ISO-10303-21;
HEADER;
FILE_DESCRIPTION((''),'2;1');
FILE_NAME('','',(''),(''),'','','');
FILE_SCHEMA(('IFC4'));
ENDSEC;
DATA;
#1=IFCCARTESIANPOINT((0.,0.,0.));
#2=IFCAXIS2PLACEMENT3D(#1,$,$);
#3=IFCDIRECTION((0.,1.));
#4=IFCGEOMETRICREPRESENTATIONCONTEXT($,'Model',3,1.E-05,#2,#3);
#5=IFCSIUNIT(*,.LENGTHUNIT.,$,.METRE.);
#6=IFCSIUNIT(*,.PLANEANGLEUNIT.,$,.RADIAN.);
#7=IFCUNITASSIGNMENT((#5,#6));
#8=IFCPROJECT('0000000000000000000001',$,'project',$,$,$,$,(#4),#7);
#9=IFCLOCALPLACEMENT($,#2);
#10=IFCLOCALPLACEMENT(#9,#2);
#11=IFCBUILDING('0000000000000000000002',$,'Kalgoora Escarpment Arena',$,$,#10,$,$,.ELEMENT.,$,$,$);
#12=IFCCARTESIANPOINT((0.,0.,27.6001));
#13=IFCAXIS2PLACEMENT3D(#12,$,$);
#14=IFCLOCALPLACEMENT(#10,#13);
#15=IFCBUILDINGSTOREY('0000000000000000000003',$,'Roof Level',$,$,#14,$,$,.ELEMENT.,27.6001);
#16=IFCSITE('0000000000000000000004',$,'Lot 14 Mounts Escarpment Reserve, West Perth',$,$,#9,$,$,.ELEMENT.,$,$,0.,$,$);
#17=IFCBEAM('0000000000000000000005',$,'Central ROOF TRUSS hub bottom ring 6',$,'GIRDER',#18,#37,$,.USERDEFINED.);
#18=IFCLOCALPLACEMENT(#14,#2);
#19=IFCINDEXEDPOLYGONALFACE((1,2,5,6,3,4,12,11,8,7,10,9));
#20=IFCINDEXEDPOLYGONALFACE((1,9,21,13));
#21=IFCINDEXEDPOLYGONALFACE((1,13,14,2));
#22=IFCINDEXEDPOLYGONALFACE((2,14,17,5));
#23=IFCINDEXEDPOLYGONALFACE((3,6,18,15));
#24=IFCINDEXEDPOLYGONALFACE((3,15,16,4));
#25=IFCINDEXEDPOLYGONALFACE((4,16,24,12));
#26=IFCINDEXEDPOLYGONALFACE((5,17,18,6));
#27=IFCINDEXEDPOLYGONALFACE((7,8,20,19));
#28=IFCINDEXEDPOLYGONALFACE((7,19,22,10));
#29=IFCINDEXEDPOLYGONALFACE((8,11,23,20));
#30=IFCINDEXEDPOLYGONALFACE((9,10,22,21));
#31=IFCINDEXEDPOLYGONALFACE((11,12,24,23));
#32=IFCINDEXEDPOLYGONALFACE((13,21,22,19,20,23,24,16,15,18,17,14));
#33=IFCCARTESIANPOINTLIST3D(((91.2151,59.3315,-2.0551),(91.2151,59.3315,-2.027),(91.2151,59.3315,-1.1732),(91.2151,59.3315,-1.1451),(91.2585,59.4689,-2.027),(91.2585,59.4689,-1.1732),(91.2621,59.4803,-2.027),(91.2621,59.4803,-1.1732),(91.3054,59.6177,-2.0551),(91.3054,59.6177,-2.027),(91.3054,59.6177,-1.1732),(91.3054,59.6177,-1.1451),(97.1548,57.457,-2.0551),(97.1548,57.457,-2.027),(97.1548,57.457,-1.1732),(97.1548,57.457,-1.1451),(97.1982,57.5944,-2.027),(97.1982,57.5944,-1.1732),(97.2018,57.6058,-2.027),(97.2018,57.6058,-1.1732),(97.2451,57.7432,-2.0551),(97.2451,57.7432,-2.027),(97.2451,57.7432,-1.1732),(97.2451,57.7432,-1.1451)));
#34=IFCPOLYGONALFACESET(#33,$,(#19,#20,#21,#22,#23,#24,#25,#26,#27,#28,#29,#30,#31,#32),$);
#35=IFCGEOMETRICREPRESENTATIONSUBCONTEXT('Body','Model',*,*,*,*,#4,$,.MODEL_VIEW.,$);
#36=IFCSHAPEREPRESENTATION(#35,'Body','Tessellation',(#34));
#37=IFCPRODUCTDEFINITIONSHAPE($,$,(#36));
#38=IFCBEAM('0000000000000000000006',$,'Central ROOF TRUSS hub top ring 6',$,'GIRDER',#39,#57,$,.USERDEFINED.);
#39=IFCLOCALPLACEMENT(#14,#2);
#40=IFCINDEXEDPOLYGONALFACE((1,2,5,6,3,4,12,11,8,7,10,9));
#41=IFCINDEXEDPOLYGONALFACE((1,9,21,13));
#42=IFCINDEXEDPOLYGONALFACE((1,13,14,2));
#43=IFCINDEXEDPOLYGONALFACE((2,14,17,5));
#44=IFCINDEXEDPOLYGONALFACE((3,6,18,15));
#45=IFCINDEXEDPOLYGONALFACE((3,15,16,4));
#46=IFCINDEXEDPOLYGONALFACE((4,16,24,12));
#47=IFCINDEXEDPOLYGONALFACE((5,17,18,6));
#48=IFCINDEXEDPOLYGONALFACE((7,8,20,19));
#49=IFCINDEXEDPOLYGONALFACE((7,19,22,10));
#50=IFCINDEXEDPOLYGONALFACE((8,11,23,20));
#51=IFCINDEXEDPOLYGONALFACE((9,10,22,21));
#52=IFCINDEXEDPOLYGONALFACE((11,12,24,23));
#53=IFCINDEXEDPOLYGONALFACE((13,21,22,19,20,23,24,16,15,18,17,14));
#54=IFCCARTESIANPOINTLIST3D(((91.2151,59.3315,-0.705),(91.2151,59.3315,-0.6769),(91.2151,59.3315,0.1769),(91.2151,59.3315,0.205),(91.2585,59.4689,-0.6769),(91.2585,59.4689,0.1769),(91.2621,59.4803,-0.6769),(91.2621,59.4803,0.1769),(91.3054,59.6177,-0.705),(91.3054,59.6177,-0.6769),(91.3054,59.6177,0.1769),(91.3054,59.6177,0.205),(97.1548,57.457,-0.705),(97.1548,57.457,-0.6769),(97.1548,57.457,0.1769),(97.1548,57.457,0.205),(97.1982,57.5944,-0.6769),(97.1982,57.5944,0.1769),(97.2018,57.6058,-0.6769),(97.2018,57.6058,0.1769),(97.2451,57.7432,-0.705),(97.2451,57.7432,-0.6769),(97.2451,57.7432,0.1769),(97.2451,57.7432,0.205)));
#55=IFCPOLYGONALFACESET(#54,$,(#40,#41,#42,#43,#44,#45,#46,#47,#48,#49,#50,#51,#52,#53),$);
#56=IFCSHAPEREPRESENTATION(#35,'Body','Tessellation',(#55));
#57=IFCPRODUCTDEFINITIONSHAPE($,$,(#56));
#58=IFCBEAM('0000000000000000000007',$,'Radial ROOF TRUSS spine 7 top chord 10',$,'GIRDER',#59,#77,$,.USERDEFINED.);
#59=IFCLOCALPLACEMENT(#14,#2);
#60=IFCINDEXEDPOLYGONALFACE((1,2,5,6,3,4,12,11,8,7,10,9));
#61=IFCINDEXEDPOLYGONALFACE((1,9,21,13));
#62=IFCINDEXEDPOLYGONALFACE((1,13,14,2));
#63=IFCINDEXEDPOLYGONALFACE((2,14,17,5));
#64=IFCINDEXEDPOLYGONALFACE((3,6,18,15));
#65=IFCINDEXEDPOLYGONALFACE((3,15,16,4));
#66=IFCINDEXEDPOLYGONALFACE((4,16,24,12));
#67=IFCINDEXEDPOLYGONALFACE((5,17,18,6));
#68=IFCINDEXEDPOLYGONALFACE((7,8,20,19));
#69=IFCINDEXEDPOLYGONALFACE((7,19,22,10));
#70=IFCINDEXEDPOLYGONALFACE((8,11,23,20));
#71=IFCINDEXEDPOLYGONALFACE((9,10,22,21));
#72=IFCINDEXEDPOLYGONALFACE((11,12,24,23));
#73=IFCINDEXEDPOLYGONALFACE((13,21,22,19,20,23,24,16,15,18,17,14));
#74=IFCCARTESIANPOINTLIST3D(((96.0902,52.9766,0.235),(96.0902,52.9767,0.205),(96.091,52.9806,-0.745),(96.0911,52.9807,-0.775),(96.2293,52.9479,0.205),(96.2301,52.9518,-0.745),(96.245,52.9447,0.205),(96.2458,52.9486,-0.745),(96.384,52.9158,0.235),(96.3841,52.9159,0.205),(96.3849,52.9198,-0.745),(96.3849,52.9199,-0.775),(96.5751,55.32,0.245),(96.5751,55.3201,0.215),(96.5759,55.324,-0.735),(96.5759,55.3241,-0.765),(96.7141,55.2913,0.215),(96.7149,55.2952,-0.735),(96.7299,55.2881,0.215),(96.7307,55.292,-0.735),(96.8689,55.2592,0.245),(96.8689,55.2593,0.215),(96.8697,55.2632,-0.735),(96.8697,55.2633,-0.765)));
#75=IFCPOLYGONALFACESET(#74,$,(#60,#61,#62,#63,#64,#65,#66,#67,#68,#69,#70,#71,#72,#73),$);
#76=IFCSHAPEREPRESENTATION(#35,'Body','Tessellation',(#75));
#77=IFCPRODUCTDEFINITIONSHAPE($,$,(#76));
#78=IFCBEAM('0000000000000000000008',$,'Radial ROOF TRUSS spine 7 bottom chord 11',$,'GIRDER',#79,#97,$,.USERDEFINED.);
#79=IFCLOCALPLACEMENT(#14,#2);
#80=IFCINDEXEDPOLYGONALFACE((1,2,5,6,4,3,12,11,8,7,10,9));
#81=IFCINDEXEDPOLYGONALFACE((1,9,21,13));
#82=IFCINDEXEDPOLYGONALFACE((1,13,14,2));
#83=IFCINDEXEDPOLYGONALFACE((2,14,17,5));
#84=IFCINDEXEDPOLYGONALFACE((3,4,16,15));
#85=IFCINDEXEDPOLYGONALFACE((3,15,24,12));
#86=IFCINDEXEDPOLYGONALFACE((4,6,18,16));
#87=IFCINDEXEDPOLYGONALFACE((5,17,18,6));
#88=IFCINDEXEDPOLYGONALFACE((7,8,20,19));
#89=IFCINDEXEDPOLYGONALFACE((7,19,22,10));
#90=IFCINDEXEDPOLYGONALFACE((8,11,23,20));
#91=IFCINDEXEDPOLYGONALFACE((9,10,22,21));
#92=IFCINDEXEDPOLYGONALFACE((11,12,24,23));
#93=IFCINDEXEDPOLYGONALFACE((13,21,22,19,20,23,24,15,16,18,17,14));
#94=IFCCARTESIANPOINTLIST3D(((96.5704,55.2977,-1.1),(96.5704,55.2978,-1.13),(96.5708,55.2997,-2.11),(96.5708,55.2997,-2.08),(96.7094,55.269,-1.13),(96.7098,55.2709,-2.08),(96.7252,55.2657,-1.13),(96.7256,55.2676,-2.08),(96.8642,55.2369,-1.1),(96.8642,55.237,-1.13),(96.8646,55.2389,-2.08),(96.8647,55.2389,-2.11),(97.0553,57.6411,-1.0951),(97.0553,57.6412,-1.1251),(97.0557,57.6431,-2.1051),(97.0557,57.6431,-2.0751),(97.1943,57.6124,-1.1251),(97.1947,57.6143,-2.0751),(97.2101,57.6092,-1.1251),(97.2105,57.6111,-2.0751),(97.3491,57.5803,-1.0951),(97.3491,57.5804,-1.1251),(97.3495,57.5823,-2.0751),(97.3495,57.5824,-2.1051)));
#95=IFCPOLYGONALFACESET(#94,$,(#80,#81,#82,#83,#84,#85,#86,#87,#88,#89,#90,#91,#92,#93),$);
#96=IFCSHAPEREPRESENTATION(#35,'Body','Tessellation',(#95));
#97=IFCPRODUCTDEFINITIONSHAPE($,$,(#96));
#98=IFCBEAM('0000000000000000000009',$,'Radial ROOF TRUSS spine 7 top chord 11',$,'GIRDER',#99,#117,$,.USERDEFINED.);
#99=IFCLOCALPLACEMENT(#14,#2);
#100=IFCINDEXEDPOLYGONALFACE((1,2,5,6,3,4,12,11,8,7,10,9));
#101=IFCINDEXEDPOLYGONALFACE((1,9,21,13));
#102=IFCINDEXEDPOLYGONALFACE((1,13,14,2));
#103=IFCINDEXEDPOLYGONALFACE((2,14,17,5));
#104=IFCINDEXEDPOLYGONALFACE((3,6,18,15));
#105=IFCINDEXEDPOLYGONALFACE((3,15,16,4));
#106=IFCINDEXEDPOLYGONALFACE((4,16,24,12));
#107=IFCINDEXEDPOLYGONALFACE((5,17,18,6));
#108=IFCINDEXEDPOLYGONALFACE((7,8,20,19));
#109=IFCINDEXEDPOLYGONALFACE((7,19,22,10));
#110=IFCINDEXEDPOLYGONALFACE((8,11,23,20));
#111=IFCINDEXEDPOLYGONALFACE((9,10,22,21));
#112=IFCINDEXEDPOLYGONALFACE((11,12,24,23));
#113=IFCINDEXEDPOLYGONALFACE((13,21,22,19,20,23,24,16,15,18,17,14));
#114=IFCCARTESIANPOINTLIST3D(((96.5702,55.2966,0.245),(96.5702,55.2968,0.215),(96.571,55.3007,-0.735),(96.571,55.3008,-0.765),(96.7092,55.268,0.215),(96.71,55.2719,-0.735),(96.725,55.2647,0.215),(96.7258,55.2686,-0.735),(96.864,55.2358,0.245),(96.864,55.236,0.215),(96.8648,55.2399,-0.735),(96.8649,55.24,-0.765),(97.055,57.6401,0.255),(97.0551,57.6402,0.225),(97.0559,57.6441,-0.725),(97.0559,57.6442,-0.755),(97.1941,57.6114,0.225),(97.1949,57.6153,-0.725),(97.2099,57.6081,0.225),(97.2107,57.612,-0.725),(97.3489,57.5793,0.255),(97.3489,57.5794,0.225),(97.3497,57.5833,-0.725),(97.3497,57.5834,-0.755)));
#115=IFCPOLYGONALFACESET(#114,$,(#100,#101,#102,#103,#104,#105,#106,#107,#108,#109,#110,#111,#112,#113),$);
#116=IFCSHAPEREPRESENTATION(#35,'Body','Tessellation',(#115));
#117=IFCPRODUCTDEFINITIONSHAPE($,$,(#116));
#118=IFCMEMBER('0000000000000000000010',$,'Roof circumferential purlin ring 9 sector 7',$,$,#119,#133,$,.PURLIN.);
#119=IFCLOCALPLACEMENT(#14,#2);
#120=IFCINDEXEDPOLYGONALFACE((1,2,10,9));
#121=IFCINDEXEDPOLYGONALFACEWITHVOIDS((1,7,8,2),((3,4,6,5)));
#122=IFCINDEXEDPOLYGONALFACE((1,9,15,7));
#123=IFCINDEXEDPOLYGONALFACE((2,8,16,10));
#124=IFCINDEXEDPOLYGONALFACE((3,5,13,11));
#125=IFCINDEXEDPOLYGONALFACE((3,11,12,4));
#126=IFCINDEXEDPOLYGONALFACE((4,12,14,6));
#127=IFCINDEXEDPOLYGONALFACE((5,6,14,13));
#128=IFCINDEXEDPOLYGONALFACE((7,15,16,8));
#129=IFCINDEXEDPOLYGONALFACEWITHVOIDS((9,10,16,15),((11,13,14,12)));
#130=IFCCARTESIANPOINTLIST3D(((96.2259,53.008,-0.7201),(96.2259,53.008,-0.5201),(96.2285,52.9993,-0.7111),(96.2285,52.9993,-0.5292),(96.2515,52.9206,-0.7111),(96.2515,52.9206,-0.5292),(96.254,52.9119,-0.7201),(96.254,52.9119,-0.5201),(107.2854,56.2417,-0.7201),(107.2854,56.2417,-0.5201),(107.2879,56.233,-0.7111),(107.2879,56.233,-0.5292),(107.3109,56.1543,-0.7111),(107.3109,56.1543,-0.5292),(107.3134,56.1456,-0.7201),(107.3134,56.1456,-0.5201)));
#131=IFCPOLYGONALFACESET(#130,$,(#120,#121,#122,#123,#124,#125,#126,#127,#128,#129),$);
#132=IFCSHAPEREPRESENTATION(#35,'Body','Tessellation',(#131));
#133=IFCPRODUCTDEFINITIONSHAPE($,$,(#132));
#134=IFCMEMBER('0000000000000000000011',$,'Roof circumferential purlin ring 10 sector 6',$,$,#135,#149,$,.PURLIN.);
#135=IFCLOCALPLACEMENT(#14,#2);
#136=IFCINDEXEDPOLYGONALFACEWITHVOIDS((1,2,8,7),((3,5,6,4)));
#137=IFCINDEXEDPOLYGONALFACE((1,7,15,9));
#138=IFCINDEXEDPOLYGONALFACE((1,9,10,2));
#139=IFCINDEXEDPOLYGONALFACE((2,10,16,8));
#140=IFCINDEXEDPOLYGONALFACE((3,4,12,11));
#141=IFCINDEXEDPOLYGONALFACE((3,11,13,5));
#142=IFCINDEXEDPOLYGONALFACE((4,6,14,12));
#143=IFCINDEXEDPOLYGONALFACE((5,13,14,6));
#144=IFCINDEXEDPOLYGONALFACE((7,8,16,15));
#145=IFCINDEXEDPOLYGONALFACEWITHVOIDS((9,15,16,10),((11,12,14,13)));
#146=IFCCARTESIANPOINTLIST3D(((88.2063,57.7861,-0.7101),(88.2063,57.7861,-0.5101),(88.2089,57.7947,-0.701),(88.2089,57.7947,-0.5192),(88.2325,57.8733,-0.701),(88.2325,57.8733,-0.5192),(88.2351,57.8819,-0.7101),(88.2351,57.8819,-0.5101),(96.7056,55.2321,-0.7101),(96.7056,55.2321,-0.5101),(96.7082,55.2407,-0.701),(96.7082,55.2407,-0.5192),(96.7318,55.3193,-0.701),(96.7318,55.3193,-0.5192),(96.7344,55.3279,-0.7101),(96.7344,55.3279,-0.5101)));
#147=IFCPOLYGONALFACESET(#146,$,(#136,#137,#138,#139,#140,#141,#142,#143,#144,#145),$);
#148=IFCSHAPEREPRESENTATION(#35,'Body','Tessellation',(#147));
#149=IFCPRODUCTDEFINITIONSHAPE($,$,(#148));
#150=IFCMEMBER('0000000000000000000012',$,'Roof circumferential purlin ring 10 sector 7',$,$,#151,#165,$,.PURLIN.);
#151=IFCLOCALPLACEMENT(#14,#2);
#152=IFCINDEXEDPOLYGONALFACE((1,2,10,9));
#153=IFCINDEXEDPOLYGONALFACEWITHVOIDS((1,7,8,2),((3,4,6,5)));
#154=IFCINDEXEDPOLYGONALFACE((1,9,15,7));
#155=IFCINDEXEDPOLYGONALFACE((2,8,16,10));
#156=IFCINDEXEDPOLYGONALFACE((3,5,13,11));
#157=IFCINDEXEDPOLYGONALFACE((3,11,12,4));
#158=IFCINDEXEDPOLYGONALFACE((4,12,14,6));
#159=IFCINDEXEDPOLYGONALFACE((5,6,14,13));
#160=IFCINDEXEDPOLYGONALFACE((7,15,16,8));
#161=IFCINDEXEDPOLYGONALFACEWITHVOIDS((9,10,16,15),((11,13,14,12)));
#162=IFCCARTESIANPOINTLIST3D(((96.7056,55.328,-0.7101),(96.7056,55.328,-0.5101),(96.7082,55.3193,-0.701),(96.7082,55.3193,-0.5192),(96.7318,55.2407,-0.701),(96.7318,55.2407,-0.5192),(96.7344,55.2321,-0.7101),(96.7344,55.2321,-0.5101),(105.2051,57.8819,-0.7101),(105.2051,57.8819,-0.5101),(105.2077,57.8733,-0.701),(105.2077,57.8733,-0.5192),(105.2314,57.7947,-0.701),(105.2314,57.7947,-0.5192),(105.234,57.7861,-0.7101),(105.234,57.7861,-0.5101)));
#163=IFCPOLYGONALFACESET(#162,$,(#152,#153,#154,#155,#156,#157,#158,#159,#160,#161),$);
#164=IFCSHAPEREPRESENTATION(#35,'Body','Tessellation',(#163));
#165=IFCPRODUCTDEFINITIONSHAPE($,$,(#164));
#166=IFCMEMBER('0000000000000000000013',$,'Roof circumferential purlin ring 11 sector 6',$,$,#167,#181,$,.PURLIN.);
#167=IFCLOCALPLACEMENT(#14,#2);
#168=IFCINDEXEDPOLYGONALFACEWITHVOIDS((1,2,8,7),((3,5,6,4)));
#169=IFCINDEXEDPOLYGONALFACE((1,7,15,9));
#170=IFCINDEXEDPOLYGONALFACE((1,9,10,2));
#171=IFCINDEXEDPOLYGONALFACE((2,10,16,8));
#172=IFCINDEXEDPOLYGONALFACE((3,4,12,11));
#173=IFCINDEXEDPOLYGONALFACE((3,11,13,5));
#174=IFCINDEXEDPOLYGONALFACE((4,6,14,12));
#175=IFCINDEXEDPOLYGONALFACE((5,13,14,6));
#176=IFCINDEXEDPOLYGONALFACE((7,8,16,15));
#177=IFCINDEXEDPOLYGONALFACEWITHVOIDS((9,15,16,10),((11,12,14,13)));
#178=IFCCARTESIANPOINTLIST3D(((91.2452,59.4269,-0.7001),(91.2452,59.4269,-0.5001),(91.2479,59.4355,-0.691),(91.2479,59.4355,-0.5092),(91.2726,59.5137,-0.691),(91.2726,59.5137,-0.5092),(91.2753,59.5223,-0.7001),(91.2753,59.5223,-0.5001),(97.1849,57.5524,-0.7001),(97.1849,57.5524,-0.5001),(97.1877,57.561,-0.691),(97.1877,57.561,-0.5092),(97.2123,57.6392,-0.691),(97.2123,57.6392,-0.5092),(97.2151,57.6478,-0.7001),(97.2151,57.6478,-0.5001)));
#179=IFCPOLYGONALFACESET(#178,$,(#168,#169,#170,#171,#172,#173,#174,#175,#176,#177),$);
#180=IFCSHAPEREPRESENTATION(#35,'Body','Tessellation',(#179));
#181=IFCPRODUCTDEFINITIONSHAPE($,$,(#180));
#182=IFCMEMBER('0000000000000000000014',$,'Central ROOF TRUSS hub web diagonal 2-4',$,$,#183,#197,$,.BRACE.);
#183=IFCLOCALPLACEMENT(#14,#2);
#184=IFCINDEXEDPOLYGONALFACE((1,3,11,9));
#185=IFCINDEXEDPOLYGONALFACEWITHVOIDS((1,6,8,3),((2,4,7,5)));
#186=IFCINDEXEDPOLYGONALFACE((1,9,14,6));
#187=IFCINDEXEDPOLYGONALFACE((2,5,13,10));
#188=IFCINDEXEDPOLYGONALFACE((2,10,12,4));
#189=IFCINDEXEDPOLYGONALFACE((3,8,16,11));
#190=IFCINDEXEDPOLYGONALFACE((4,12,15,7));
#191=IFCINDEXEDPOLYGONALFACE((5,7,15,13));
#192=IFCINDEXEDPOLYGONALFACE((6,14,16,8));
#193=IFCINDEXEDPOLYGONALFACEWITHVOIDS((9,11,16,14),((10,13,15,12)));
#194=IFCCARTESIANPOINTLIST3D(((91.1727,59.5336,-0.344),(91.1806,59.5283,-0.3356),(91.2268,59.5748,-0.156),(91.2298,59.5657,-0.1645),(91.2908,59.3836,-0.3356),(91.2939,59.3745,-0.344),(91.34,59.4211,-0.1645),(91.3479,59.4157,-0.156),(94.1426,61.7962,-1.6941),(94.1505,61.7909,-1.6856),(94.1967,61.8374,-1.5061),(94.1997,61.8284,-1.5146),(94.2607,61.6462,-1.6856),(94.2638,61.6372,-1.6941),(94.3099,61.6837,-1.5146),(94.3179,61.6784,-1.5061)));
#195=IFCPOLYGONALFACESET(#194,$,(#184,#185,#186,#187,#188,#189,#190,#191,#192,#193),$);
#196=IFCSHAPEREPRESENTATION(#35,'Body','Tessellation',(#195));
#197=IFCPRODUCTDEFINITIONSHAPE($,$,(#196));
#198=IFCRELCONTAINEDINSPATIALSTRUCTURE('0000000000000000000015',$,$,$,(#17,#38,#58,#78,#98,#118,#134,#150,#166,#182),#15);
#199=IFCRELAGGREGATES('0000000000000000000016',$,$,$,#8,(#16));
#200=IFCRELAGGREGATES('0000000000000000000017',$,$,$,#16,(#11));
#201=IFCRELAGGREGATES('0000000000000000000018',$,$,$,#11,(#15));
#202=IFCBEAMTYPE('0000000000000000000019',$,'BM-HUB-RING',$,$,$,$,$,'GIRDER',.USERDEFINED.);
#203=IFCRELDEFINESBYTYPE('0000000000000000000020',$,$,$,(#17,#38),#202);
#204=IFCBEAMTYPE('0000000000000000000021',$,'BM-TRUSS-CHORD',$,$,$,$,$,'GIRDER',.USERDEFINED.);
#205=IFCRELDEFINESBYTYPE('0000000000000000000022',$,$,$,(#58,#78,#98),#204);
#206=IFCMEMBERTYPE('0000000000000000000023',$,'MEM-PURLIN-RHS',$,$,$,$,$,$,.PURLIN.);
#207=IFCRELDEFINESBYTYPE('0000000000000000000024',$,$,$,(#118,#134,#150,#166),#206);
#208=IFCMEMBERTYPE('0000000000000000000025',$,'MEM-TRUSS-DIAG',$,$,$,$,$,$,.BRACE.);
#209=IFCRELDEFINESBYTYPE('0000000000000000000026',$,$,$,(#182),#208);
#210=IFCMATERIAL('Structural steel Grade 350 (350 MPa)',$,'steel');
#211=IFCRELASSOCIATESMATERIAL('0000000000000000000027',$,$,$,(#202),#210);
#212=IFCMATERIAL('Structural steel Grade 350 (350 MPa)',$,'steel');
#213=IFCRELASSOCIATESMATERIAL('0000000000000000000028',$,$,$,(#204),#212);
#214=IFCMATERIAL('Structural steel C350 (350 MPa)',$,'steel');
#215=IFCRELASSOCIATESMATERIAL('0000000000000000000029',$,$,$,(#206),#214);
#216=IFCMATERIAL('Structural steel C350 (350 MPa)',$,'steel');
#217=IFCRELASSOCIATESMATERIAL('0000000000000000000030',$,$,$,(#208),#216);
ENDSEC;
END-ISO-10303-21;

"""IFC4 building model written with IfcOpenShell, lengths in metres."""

from ifc_helpers import new_model, si_unit, direction, frame, origin, origin_2d, place, context, subcontext, project, spatial, hollow_rectangle, i_section, extrude, material, material_profile, profile_set, type_object, element, save


model = new_model("IFC4")

# Units and contexts
model_context = context("Model", 3, precision=1e-05, world=origin(), true_north=direction((0.0, 1.0)))
body_context = subcontext(model_context, "Body", "Model", "MODEL_VIEW")
ifc_project = project(units=[si_unit("LENGTHUNIT", "METRE"), si_unit("PLANEANGLEUNIT", "RADIAN")], contexts=[model_context])

# Site, building, storey
site_placement = place(None, origin())
site = spatial("IfcSite", under=ifc_project, at=site_placement, Name="Lot 14 Mounts Escarpment Reserve, West Perth", CompositionType="ELEMENT", RefElevation=0.0)
building_placement = place(site_placement, origin())
building = spatial("IfcBuilding", under=site, at=building_placement, Name="Kalgoora Escarpment Arena", CompositionType="ELEMENT")
storey_placement = place(building_placement, frame((0.0, 0.0, 27.6001)))
storey = spatial("IfcBuildingStorey", under=building, at=storey_placement, Name="Roof Level", CompositionType="ELEMENT", Elevation=27.6001)

# Beams
ifc_material_1 = material(Name="Structural steel Grade 350 (350 MPa)", Category="steel")
ifc_material_profile_1 = material_profile(ifc_material_1, i_section(OverallWidth=0.3, OverallDepth=0.9099, WebThickness=0.012, FlangeThickness=0.0281, at=origin_2d()))
ifc_profile_set_1 = profile_set([ifc_material_profile_1], Name="Structural steel Grade 350 (350 MPa)")
beam_type_1 = type_object("IfcBeamType", Name="BM-HUB-RING", ElementType="GIRDER", PredefinedType="USERDEFINED", material=ifc_profile_set_1)
for number, where, z_axis, x_axis, name in (
    (1, (91.2603, 59.4746, -1.6001), (0.953637, -0.300959, 0.0), (0.300959, 0.953637, 0.0), "Central ROOF TRUSS hub bottom ring 6"),
    (2, (91.2603, 59.4746, -0.25), (0.953637, -0.300959, 0.0), (0.300959, 0.953637, 0.0), "Central ROOF TRUSS hub top ring 6"),
):
    element("IfcBeam", number, at=place(storey_placement, frame(where, z_axis=z_axis, x_axis=x_axis)), inside=storey, type_object=beam_type_1, Name=name, ObjectType="GIRDER", PredefinedType="USERDEFINED", context=body_context, shape_type="SweptSolid", body=[
        extrude(i_section(OverallWidth=0.3, OverallDepth=0.9099, WebThickness=0.012, FlangeThickness=0.0281, at=origin_2d()), origin(), (0.0, 0.0, 1.0), 6.2285),
    ])
ifc_material_2 = material(Name="Structural steel Grade 350 (350 MPa)", Category="steel")
ifc_material_profile_2 = material_profile(ifc_material_2, i_section(OverallWidth=0.3, OverallDepth=1.01, WebThickness=0.0161, FlangeThickness=0.03, at=origin_2d()))
ifc_profile_set_2 = profile_set([ifc_material_profile_2], Name="Structural steel Grade 350 (350 MPa)")
beam_type_2 = type_object("IfcBeamType", Name="BM-TRUSS-CHORD", ElementType="GIRDER", PredefinedType="USERDEFINED", material=ifc_profile_set_2)
for number, where, z_axis, x_axis, name in (
    (3, (96.2375, 52.9482, -0.27), (0.202604, 0.979252, 0.004183), (-0.97926, 0.202606, 0.0), "Radial ROOF TRUSS spine 7 top chord 10"),
    (4, (96.7175, 55.2683, -1.605), (0.202605, 0.979258, 0.00204), (-0.97926, 0.202606, 0.0), "Radial ROOF TRUSS spine 7 bottom chord 11"),
    (5, (96.7175, 55.2683, -0.26), (0.202604, 0.979252, 0.004183), (-0.97926, 0.202606, 0.0), "Radial ROOF TRUSS spine 7 top chord 11"),
):
    element("IfcBeam", number, at=place(storey_placement, frame(where, z_axis=z_axis, x_axis=x_axis)), inside=storey, type_object=beam_type_2, Name=name, ObjectType="GIRDER", PredefinedType="USERDEFINED", context=body_context, shape_type="SweptSolid", body=[
        extrude(i_section(OverallWidth=0.3, OverallDepth=1.01, WebThickness=0.0161, FlangeThickness=0.03, at=origin_2d()), origin(), (0.0, 0.0, 1.0), 2.3931),
    ])

# Members
ifc_material_3 = material(Name="Structural steel C350 (350 MPa)", Category="steel")
ifc_material_profile_3 = material_profile(ifc_material_3, hollow_rectangle(XDim=0.1001, YDim=0.2, WallThickness=0.009, at=origin_2d()))
ifc_profile_set_3 = profile_set([ifc_material_profile_3], Name="Structural steel C350 (350 MPa)")
member_type_1 = type_object("IfcMemberType", Name="MEM-PURLIN-RHS", PredefinedType="PURLIN", material=ifc_profile_set_3)
member_1_placement = place(storey_placement, frame((96.24, 52.96, -0.6201), z_axis=(0.959813, 0.28064, 0.0), x_axis=(-0.28064, 0.959813, 0.0)))
element("IfcMember", 6, at=member_1_placement, inside=storey, type_object=member_type_1, Name="Roof circumferential purlin ring 9 sector 7", PredefinedType="PURLIN", context=body_context, shape_type="SweptSolid", body=[
    extrude(hollow_rectangle(XDim=0.1001, YDim=0.2, WallThickness=0.009, at=origin_2d()), origin(), (0.0, 0.0, 1.0), 11.5225),
])
member_2_placement = place(storey_placement, frame((88.2207, 57.834, -0.6101), z_axis=(0.957697, -0.287779, 0.0), x_axis=(0.287779, 0.957697, 0.0)))
element("IfcMember", 7, at=member_2_placement, inside=storey, type_object=member_type_1, Name="Roof circumferential purlin ring 10 sector 6", PredefinedType="PURLIN", context=body_context, shape_type="SweptSolid", body=[
    extrude(hollow_rectangle(XDim=0.1001, YDim=0.2, WallThickness=0.009, at=origin_2d()), origin(), (0.0, 0.0, 1.0), 8.8748),
])
member_3_placement = place(storey_placement, frame((96.72, 55.28, -0.6101), z_axis=(0.957699, 0.287772, 0.0), x_axis=(-0.287772, 0.957699, 0.0)))
element("IfcMember", 8, at=member_3_placement, inside=storey, type_object=member_type_1, Name="Roof circumferential purlin ring 10 sector 7", PredefinedType="PURLIN", context=body_context, shape_type="SweptSolid", body=[
    extrude(hollow_rectangle(XDim=0.1001, YDim=0.2, WallThickness=0.009, at=origin_2d()), origin(), (0.0, 0.0, 1.0), 8.875),
])
member_4_placement = place(storey_placement, frame((91.2603, 59.4746, -0.6001), z_axis=(0.953637, -0.300959, 0.0), x_axis=(0.300959, 0.953637, 0.0)))
element("IfcMember", 9, at=member_4_placement, inside=storey, type_object=member_type_1, Name="Roof circumferential purlin ring 11 sector 6", PredefinedType="PURLIN", context=body_context, shape_type="SweptSolid", body=[
    extrude(hollow_rectangle(XDim=0.1001, YDim=0.2, WallThickness=0.009, at=origin_2d()), origin(), (0.0, 0.0, 1.0), 6.2285),
])
ifc_material_4 = material(Name="Structural steel C350 (350 MPa)", Category="steel")
ifc_material_profile_4 = material_profile(ifc_material_4, hollow_rectangle(XDim=0.2, YDim=0.2, WallThickness=0.009, at=origin_2d()))
ifc_profile_set_4 = profile_set([ifc_material_profile_4], Name="Structural steel C350 (350 MPa)")
member_type_2 = type_object("IfcMemberType", Name="MEM-TRUSS-DIAG", PredefinedType="BRACE", material=ifc_profile_set_4)
member_5_placement = place(storey_placement, frame((94.2302, 61.7373, -1.6001), z_axis=(-0.748047, -0.569905, 0.340049), x_axis=(0.60602, -0.79545, 0.0)))
element("IfcMember", 10, at=member_5_placement, inside=storey, type_object=member_type_2, Name="Central ROOF TRUSS hub web diagonal 2-4", PredefinedType="BRACE", context=body_context, shape_type="SweptSolid", body=[
    extrude(hollow_rectangle(XDim=0.2, YDim=0.2, WallThickness=0.009, at=origin_2d()), origin(), (0.0, 0.0, 1.0), 3.9702),
])

save(model, "model.ifc")
